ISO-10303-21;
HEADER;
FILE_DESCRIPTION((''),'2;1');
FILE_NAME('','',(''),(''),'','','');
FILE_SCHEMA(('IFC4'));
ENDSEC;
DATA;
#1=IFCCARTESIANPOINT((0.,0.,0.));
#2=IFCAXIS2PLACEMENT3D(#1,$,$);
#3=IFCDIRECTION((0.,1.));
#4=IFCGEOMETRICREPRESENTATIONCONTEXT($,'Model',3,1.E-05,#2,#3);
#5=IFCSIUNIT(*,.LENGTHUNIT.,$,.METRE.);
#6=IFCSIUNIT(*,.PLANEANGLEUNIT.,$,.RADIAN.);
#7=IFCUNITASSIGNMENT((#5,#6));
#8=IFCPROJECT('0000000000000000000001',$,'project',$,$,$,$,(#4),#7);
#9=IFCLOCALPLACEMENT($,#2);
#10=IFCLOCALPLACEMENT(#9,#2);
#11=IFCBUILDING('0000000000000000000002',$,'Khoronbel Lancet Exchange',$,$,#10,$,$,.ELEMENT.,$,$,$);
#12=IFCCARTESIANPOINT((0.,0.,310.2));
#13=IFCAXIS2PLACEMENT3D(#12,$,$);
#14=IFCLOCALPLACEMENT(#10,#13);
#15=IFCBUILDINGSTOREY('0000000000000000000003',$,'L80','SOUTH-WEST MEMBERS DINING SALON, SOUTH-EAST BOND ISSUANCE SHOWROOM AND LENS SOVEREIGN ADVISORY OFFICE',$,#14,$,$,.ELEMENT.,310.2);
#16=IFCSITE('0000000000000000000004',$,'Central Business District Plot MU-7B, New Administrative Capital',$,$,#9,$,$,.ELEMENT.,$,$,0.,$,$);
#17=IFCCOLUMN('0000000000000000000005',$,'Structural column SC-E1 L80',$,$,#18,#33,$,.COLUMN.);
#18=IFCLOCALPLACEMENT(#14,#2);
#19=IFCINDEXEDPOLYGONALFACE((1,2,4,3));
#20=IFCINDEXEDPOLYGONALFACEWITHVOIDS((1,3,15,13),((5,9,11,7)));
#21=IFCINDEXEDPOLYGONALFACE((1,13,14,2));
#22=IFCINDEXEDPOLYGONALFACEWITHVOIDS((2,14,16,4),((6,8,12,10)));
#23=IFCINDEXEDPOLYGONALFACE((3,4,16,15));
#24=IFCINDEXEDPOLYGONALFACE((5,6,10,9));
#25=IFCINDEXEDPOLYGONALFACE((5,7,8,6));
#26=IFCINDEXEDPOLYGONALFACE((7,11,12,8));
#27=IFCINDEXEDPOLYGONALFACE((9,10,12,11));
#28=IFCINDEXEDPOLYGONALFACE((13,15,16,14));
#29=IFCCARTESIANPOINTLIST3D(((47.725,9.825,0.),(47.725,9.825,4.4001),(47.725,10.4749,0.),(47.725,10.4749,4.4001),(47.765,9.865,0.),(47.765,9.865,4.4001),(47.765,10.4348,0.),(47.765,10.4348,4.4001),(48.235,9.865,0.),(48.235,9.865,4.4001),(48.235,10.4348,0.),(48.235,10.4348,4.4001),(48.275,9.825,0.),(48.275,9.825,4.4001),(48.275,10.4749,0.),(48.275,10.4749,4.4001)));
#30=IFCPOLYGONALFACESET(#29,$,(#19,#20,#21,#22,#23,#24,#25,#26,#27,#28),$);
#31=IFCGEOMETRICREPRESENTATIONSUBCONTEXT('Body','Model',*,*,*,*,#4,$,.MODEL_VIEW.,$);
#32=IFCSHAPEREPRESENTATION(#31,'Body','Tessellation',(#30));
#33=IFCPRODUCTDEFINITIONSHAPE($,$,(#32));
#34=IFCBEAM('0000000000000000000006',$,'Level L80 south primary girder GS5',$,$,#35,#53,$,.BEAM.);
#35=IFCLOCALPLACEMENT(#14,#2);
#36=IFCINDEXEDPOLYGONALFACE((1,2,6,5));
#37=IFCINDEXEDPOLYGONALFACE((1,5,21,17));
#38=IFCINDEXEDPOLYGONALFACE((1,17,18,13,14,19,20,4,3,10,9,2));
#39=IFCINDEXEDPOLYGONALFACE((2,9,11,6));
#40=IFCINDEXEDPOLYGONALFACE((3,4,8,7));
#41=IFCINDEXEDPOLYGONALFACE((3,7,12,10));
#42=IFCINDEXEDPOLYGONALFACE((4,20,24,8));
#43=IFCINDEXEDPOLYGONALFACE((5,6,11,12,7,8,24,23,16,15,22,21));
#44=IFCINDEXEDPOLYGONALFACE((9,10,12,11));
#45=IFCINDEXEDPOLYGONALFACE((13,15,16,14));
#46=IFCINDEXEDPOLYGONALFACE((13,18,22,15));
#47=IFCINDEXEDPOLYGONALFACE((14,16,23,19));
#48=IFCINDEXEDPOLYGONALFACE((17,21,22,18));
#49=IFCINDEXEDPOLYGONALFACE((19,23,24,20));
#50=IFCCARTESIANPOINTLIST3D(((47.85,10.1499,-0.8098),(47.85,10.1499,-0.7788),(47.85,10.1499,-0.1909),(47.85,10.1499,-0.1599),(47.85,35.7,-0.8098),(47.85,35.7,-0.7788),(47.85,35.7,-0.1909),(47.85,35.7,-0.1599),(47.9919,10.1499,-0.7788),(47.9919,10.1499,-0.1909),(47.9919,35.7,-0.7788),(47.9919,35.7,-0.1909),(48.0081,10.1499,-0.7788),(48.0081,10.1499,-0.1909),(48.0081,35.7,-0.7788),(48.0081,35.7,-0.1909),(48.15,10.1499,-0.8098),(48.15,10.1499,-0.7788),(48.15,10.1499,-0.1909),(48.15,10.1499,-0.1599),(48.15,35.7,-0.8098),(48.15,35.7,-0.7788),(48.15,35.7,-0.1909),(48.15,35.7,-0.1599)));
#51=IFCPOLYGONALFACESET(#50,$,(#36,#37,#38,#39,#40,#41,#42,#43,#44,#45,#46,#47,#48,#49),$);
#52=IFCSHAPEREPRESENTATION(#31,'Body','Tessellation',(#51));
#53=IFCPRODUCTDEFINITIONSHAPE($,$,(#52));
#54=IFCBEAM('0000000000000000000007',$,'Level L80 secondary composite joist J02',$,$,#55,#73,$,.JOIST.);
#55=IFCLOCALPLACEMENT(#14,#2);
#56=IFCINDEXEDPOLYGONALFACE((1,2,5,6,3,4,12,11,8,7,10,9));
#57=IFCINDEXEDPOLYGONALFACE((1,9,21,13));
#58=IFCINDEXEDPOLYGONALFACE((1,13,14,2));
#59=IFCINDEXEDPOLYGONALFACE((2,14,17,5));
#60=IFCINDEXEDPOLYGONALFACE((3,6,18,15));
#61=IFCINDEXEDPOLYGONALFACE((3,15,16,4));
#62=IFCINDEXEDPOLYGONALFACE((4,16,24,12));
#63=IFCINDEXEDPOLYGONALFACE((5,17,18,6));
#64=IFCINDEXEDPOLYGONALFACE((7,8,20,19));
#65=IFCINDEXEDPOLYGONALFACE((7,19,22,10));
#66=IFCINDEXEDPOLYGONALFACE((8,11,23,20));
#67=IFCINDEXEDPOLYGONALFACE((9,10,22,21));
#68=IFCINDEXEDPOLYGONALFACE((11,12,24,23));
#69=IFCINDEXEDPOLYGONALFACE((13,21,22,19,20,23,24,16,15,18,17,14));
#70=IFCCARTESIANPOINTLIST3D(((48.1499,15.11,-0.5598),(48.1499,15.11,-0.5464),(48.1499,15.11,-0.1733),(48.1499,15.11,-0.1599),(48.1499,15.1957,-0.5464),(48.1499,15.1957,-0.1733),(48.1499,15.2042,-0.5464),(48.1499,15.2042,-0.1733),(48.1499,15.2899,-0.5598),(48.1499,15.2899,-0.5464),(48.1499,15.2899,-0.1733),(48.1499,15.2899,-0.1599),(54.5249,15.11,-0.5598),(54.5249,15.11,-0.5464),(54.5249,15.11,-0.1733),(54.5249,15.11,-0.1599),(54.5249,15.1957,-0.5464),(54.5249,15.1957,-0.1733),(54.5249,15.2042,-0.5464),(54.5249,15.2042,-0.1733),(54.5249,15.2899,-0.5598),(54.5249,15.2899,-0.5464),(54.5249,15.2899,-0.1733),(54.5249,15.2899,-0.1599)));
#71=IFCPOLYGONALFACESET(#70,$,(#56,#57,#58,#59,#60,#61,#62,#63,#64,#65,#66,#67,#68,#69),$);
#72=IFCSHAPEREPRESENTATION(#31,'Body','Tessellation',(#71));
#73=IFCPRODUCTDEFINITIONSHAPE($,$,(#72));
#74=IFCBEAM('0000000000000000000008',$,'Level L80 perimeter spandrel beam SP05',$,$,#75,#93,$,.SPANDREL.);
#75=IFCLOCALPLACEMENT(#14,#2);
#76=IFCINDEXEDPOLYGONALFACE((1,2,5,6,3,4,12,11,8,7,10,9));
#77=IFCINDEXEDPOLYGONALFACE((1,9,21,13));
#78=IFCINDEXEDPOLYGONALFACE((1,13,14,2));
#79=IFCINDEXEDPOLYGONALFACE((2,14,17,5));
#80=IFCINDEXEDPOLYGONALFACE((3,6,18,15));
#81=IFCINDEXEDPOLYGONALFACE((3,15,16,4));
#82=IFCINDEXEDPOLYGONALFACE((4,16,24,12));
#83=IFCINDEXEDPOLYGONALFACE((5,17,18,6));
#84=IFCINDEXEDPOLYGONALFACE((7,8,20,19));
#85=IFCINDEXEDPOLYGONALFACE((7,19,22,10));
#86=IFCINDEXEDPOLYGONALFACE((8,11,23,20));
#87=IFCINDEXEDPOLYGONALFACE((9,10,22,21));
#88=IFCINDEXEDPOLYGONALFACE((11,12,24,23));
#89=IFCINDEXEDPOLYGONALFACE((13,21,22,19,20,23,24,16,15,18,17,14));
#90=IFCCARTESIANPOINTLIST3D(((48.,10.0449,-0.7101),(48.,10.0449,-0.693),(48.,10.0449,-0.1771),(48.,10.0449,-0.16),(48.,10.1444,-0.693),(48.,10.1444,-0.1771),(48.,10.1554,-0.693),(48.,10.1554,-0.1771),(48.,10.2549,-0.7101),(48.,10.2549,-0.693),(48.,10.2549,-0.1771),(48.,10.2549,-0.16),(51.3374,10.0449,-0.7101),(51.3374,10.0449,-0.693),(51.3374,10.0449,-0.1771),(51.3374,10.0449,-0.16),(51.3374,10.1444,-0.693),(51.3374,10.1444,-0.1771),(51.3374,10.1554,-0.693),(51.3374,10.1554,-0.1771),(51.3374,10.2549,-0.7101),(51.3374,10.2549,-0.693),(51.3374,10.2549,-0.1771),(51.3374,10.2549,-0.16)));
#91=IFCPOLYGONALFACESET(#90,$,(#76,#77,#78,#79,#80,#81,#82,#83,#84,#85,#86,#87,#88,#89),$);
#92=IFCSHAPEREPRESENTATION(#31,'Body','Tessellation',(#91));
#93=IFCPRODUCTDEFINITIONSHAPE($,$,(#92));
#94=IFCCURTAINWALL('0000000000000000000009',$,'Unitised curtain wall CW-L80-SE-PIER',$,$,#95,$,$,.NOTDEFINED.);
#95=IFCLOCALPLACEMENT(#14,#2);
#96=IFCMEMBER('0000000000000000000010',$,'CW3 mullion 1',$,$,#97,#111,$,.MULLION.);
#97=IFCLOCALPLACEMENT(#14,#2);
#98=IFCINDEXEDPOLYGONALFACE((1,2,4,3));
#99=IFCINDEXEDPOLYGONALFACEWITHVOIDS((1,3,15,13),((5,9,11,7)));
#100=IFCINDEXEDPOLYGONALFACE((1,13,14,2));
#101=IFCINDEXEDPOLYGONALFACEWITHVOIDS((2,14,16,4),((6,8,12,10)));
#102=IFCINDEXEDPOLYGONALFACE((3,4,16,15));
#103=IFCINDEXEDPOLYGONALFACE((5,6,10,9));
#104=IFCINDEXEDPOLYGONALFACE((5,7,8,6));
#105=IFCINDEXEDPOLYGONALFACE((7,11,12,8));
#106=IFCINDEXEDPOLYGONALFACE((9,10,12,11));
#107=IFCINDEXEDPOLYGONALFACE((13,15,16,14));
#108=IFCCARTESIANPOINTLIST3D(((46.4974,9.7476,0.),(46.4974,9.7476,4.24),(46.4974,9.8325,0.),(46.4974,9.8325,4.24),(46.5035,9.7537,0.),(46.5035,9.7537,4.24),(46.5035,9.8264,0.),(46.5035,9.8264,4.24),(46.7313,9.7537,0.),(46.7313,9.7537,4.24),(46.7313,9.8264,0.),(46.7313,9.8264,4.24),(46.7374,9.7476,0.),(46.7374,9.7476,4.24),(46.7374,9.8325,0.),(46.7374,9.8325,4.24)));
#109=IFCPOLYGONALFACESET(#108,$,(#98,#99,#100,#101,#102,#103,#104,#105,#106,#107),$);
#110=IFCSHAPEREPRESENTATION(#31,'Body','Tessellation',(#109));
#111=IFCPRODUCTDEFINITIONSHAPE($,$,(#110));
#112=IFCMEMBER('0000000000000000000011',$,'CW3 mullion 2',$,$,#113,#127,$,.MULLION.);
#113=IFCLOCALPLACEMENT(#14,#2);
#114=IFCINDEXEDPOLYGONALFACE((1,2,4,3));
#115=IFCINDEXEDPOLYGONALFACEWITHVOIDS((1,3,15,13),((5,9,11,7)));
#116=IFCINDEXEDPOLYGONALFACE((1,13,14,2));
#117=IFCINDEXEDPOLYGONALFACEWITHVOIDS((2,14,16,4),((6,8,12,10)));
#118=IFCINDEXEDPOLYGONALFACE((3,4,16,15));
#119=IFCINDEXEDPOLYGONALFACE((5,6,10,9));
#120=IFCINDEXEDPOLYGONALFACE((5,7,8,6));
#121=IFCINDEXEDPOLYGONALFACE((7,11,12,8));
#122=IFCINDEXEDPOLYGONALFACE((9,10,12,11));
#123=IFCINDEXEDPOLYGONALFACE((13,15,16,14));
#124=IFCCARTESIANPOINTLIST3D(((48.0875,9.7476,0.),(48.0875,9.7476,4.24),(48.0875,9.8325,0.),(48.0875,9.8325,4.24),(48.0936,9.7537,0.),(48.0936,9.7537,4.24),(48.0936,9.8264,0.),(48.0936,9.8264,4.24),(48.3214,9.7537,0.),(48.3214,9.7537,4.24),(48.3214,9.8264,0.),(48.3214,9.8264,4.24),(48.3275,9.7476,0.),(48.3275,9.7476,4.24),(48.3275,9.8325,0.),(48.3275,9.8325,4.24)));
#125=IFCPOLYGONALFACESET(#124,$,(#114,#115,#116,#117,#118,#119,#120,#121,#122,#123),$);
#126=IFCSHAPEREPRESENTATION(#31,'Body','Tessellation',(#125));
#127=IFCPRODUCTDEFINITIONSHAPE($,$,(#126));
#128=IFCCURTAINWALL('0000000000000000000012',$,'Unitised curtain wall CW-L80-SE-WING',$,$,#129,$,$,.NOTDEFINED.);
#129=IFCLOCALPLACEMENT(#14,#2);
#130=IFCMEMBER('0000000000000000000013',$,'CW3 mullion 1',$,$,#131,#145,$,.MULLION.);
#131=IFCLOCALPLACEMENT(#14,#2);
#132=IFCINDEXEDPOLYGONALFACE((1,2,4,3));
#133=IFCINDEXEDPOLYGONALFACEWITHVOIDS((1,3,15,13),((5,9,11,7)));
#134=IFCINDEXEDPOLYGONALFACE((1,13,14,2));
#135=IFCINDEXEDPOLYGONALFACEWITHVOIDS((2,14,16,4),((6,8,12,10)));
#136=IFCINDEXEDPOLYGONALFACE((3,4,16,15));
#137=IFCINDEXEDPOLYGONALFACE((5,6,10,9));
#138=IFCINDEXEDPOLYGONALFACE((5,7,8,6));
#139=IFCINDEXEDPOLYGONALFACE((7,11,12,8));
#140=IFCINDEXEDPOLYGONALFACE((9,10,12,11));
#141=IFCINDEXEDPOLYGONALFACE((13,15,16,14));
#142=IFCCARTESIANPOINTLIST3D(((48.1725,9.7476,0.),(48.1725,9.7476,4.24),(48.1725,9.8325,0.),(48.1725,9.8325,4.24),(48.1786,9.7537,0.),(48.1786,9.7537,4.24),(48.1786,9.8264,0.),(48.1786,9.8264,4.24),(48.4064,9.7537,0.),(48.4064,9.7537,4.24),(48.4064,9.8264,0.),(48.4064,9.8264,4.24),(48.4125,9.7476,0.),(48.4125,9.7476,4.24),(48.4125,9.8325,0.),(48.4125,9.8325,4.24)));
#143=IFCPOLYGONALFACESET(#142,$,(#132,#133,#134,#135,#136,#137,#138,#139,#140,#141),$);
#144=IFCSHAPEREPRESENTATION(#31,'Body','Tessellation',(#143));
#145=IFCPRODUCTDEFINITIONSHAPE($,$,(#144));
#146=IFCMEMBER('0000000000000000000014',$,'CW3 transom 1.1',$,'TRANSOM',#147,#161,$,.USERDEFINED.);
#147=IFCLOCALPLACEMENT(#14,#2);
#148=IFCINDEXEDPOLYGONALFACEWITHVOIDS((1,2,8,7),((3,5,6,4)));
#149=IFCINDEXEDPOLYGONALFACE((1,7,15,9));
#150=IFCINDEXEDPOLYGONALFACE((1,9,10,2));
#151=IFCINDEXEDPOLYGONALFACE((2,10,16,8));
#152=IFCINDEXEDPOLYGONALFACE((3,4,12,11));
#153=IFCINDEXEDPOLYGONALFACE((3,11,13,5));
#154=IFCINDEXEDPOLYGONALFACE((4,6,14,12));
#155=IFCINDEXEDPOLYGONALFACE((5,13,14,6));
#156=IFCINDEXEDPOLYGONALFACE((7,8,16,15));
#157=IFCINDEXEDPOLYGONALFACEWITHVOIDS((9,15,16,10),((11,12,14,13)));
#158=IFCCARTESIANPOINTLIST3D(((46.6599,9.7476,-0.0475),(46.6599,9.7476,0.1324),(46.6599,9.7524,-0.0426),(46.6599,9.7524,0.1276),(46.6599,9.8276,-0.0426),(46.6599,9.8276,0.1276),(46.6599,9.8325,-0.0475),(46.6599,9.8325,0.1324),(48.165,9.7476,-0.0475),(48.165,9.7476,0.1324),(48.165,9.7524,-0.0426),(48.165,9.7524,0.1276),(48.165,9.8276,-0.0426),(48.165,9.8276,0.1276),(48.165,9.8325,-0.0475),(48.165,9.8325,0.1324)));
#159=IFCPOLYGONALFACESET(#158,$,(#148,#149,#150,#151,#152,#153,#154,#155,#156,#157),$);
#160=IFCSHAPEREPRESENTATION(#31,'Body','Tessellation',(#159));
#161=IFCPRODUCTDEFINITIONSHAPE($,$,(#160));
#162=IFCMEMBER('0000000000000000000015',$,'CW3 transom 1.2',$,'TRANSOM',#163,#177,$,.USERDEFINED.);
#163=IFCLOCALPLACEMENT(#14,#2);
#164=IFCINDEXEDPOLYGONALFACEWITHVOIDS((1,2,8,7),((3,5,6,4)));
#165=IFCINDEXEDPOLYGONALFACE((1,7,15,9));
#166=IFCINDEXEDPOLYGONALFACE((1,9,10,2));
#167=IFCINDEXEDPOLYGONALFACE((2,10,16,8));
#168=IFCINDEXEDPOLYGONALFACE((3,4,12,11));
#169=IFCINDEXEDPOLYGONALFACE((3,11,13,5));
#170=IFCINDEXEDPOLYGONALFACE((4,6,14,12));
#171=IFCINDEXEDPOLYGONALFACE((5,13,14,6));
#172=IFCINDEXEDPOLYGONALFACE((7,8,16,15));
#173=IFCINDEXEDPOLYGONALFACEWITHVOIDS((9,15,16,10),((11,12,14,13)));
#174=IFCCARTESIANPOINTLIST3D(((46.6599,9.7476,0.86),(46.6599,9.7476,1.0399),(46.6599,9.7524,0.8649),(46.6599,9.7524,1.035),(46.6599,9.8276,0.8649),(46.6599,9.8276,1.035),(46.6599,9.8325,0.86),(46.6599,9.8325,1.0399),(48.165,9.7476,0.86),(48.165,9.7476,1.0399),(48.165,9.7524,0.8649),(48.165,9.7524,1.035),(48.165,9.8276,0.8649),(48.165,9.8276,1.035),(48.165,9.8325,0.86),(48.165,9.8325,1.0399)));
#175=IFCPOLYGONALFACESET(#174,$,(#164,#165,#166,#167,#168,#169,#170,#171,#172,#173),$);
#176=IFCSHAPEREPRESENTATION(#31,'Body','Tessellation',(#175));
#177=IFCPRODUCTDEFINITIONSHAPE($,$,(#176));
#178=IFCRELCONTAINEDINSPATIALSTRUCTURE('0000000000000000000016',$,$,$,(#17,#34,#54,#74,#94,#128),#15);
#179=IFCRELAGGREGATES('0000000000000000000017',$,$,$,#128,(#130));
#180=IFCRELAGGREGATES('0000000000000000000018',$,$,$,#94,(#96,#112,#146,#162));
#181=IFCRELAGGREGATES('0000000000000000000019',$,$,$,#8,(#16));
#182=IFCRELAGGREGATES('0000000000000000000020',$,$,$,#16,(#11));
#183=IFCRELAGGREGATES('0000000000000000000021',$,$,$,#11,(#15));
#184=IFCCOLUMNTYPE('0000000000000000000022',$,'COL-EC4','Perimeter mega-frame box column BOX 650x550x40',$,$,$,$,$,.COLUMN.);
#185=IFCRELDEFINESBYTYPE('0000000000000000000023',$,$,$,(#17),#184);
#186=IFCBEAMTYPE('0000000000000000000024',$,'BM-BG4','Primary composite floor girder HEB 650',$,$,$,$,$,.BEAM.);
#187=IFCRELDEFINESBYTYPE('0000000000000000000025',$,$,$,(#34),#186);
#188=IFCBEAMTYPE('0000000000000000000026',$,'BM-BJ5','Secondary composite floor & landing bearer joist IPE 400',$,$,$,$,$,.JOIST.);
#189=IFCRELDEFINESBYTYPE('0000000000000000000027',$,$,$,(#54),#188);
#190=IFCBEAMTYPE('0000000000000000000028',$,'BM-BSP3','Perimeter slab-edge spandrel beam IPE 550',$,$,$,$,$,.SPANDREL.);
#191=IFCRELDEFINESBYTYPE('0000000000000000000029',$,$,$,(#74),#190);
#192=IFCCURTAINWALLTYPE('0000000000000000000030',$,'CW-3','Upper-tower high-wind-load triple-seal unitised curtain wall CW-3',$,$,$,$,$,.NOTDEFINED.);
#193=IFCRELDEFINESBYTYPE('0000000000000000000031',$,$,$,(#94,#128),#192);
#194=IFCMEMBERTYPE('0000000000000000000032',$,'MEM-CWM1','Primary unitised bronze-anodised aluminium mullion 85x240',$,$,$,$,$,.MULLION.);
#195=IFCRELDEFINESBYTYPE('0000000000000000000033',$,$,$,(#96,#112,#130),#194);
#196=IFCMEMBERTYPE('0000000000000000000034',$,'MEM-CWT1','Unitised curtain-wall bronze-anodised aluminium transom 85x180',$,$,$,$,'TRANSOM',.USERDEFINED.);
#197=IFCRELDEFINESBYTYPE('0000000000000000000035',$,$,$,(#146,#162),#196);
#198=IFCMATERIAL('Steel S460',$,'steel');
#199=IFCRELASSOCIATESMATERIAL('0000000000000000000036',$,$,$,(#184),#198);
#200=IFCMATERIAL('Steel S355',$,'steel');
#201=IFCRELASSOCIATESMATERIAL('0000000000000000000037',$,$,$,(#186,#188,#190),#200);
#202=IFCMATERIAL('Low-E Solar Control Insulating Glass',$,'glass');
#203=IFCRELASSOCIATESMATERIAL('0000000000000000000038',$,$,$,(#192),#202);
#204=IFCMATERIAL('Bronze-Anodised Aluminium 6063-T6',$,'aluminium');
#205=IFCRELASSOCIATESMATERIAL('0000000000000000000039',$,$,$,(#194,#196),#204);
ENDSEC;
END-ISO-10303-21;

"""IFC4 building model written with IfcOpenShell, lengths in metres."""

from ifc_helpers import new_model, si_unit, direction, frame, origin, origin_2d, place, context, subcontext, project, spatial, hollow_rectangle, i_section, extrude, material, material_profile, profile_set, type_object, element, aggregate, save


model = new_model("IFC4")

# Units and contexts
model_context = context("Model", 3, precision=1e-05, world=origin(), true_north=direction((0.0, 1.0)))
body_context = subcontext(model_context, "Body", "Model", "MODEL_VIEW")
ifc_project = project(units=[si_unit("LENGTHUNIT", "METRE"), si_unit("PLANEANGLEUNIT", "RADIAN")], contexts=[model_context])

# Site, building, storey
site_placement = place(None, origin())
site = spatial("IfcSite", under=ifc_project, at=site_placement, Name="Central Business District Plot MU-7B, New Administrative Capital", CompositionType="ELEMENT", RefElevation=0.0)
building_placement = place(site_placement, origin())
building = spatial("IfcBuilding", under=site, at=building_placement, Name="Khoronbel Lancet Exchange", CompositionType="ELEMENT")
storey_placement = place(building_placement, frame((0.0, 0.0, 310.2)))
storey = spatial("IfcBuildingStorey", under=building, at=storey_placement, Name="L80", Description="SOUTH-WEST MEMBERS DINING SALON, SOUTH-EAST BOND ISSUANCE SHOWROOM AND LENS SOVEREIGN ADVISORY OFFICE", CompositionType="ELEMENT", Elevation=310.2)

# Column
ifc_material_1 = material(Name="Steel S460", Category="steel")
ifc_material_profile_1 = material_profile(ifc_material_1, hollow_rectangle(XDim=0.55, YDim=0.6499, WallThickness=0.04, at=origin_2d()), Name="BOX 650x550x40")
ifc_profile_set_1 = profile_set([ifc_material_profile_1], Name="Steel S460")
column_type = type_object("IfcColumnType", Name="COL-EC4", Description="Perimeter mega-frame box column BOX 650x550x40", PredefinedType="COLUMN", material=ifc_profile_set_1)
column_placement = place(storey_placement, frame((48.0, 10.1499, 0.0), z_axis=(0.0, 0.0, 1.0), x_axis=(1.0, 0.0, 0.0)))
element("IfcColumn", 1, at=column_placement, inside=storey, type_object=column_type, Name="Structural column SC-E1 L80", PredefinedType="COLUMN", context=body_context, shape_type="SweptSolid", body=[
    extrude(hollow_rectangle(XDim=0.55, YDim=0.6499, WallThickness=0.04, at=origin_2d()), origin(), (0.0, 0.0, 1.0), 4.4001),
])

# Beams
ifc_material_2 = material(Name="Steel S355", Category="steel")
ifc_material_profile_2 = material_profile(ifc_material_2, i_section(OverallWidth=0.3, OverallDepth=0.6499, WebThickness=0.0161, FlangeThickness=0.031, at=origin_2d()), Name="HEB 650")
ifc_profile_set_2 = profile_set([ifc_material_profile_2], Name="Steel S355")
beam_type_1 = type_object("IfcBeamType", Name="BM-BG4", Description="Primary composite floor girder HEB 650", PredefinedType="BEAM", material=ifc_profile_set_2)
beam_1_placement = place(storey_placement, frame((48.0, 10.1499, -0.4849), z_axis=(0.0, 1.0, 0.0), x_axis=(-1.0, 0.0, 0.0)))
element("IfcBeam", 2, at=beam_1_placement, inside=storey, type_object=beam_type_1, Name="Level L80 south primary girder GS5", PredefinedType="BEAM", context=body_context, shape_type="SweptSolid", body=[
    extrude(i_section(OverallWidth=0.3, OverallDepth=0.6499, WebThickness=0.0161, FlangeThickness=0.031, at=origin_2d()), origin(), (0.0, 0.0, 1.0), 25.55),
])
ifc_material_profile_3 = material_profile(ifc_material_2, i_section(OverallWidth=0.1799, OverallDepth=0.3999, WebThickness=0.0085, FlangeThickness=0.0134, at=origin_2d()), Name="IPE 400")
ifc_profile_set_3 = profile_set([ifc_material_profile_3], Name="Steel S355")
beam_type_2 = type_object("IfcBeamType", Name="BM-BJ5", Description="Secondary composite floor & landing bearer joist IPE 400", PredefinedType="JOIST", material=ifc_profile_set_3)
beam_2_placement = place(storey_placement, frame((48.1499, 15.2, -0.3599), z_axis=(1.0, 0.0, 0.0), x_axis=(0.0, 1.0, 0.0)))
element("IfcBeam", 3, at=beam_2_placement, inside=storey, type_object=beam_type_2, Name="Level L80 secondary composite joist J02", PredefinedType="JOIST", context=body_context, shape_type="SweptSolid", body=[
    extrude(i_section(OverallWidth=0.1799, OverallDepth=0.3999, WebThickness=0.0085, FlangeThickness=0.0134, at=origin_2d()), origin(), (0.0, 0.0, 1.0), 6.375),
])
ifc_material_profile_4 = material_profile(ifc_material_2, i_section(OverallWidth=0.21, OverallDepth=0.55, WebThickness=0.011, FlangeThickness=0.0171, at=origin_2d()), Name="IPE 550")
ifc_profile_set_4 = profile_set([ifc_material_profile_4], Name="Steel S355")
beam_type_3 = type_object("IfcBeamType", Name="BM-BSP3", Description="Perimeter slab-edge spandrel beam IPE 550", PredefinedType="SPANDREL", material=ifc_profile_set_4)
beam_3_placement = place(storey_placement, frame((48.0, 10.1499, -0.4351), z_axis=(1.0, 0.0, 0.0), x_axis=(0.0, 1.0, 0.0)))
element("IfcBeam", 4, at=beam_3_placement, inside=storey, type_object=beam_type_3, Name="Level L80 perimeter spandrel beam SP05", PredefinedType="SPANDREL", context=body_context, shape_type="SweptSolid", body=[
    extrude(i_section(OverallWidth=0.21, OverallDepth=0.55, WebThickness=0.011, FlangeThickness=0.0171, at=origin_2d()), origin(), (0.0, 0.0, 1.0), 3.3374),
])

# Curtain wall, members
ifc_material_3 = material(Name="Low-E Solar Control Insulating Glass", Category="glass")
curtain_wall_type = type_object("IfcCurtainWallType", Name="CW-3", Description="Upper-tower high-wind-load triple-seal unitised curtain wall CW-3", PredefinedType="NOTDEFINED", material=ifc_material_3)
curtain_wall_1_placement = place(storey_placement, origin())
curtain_wall_1 = element("IfcCurtainWall", 5, at=curtain_wall_1_placement, inside=storey, type_object=curtain_wall_type, Name="Unitised curtain wall CW-L80-SE-PIER", PredefinedType="NOTDEFINED")
ifc_material_4 = material(Name="Bronze-Anodised Aluminium 6063-T6", Category="aluminium")
ifc_material_profile_5 = material_profile(ifc_material_4, hollow_rectangle(XDim=0.085, YDim=0.24, WallThickness=0.0061, at=origin_2d()), Name="ALU MULLION 85x240")
ifc_profile_set_5 = profile_set([ifc_material_profile_5], Name="Bronze-Anodised Aluminium 6063-T6")
member_type_1 = type_object("IfcMemberType", Name="MEM-CWM1", Description="Primary unitised bronze-anodised aluminium mullion 85x240", PredefinedType="MULLION", material=ifc_profile_set_5)
member_1_placement = place(storey_placement, frame((46.6174, 9.79, 0.0), z_axis=(0.0, 0.0, 1.0), x_axis=(0.0, 1.0, 0.0)))
member_1 = element("IfcMember", 6, at=member_1_placement, type_object=member_type_1, Name="CW3 mullion 1", PredefinedType="MULLION", context=body_context, shape_type="SweptSolid", body=[
    extrude(hollow_rectangle(XDim=0.085, YDim=0.24, WallThickness=0.0061, at=origin_2d()), origin(), (0.0, 0.0, 1.0), 4.24),
])
member_2_placement = place(storey_placement, frame((48.2075, 9.79, 0.0), z_axis=(0.0, 0.0, 1.0), x_axis=(0.0, 1.0, 0.0)))
member_2 = element("IfcMember", 7, at=member_2_placement, type_object=member_type_1, Name="CW3 mullion 2", PredefinedType="MULLION", context=body_context, shape_type="SweptSolid", body=[
    extrude(hollow_rectangle(XDim=0.085, YDim=0.24, WallThickness=0.0061, at=origin_2d()), origin(), (0.0, 0.0, 1.0), 4.24),
])

# Curtain wall, member
curtain_wall_2_placement = place(storey_placement, origin())
curtain_wall_2 = element("IfcCurtainWall", 8, at=curtain_wall_2_placement, inside=storey, type_object=curtain_wall_type, Name="Unitised curtain wall CW-L80-SE-WING", PredefinedType="NOTDEFINED")
member_3_placement = place(storey_placement, frame((48.2925, 9.79, 0.0), z_axis=(0.0, 0.0, 1.0), x_axis=(0.0, 1.0, 0.0)))
member_3 = element("IfcMember", 9, at=member_3_placement, type_object=member_type_1, Name="CW3 mullion 1", PredefinedType="MULLION", context=body_context, shape_type="SweptSolid", body=[
    extrude(hollow_rectangle(XDim=0.085, YDim=0.24, WallThickness=0.0061, at=origin_2d()), origin(), (0.0, 0.0, 1.0), 4.24),
])

# Members
ifc_material_profile_6 = material_profile(ifc_material_4, hollow_rectangle(XDim=0.085, YDim=0.1799, WallThickness=0.0049, at=origin_2d()), Name="ALU TRANSOM 85x180")
ifc_profile_set_6 = profile_set([ifc_material_profile_6], Name="Bronze-Anodised Aluminium 6063-T6")
member_type_2 = type_object("IfcMemberType", Name="MEM-CWT1", Description="Unitised curtain-wall bronze-anodised aluminium transom 85x180", ElementType="TRANSOM", PredefinedType="USERDEFINED", material=ifc_profile_set_6)
member_4_placement = place(storey_placement, frame((46.6599, 9.79, 0.0425), z_axis=(1.0, 0.0, 0.0), x_axis=(0.0, 1.0, 0.0)))
member_4 = element("IfcMember", 10, at=member_4_placement, type_object=member_type_2, Name="CW3 transom 1.1", ObjectType="TRANSOM", PredefinedType="USERDEFINED", context=body_context, shape_type="SweptSolid", body=[
    extrude(hollow_rectangle(XDim=0.085, YDim=0.1799, WallThickness=0.0049, at=origin_2d()), origin(), (0.0, 0.0, 1.0), 1.5051),
])
member_5_placement = place(storey_placement, frame((46.6599, 9.79, 0.95), z_axis=(1.0, 0.0, 0.0), x_axis=(0.0, 1.0, 0.0)))
member_5 = element("IfcMember", 11, at=member_5_placement, type_object=member_type_2, Name="CW3 transom 1.2", ObjectType="TRANSOM", PredefinedType="USERDEFINED", context=body_context, shape_type="SweptSolid", body=[
    extrude(hollow_rectangle(XDim=0.085, YDim=0.1799, WallThickness=0.0049, at=origin_2d()), origin(), (0.0, 0.0, 1.0), 1.5051),
])
aggregate(curtain_wall_2, [member_3])

aggregate(curtain_wall_1, [member_1, member_2, member_4, member_5])

save(model, "model.ifc")
